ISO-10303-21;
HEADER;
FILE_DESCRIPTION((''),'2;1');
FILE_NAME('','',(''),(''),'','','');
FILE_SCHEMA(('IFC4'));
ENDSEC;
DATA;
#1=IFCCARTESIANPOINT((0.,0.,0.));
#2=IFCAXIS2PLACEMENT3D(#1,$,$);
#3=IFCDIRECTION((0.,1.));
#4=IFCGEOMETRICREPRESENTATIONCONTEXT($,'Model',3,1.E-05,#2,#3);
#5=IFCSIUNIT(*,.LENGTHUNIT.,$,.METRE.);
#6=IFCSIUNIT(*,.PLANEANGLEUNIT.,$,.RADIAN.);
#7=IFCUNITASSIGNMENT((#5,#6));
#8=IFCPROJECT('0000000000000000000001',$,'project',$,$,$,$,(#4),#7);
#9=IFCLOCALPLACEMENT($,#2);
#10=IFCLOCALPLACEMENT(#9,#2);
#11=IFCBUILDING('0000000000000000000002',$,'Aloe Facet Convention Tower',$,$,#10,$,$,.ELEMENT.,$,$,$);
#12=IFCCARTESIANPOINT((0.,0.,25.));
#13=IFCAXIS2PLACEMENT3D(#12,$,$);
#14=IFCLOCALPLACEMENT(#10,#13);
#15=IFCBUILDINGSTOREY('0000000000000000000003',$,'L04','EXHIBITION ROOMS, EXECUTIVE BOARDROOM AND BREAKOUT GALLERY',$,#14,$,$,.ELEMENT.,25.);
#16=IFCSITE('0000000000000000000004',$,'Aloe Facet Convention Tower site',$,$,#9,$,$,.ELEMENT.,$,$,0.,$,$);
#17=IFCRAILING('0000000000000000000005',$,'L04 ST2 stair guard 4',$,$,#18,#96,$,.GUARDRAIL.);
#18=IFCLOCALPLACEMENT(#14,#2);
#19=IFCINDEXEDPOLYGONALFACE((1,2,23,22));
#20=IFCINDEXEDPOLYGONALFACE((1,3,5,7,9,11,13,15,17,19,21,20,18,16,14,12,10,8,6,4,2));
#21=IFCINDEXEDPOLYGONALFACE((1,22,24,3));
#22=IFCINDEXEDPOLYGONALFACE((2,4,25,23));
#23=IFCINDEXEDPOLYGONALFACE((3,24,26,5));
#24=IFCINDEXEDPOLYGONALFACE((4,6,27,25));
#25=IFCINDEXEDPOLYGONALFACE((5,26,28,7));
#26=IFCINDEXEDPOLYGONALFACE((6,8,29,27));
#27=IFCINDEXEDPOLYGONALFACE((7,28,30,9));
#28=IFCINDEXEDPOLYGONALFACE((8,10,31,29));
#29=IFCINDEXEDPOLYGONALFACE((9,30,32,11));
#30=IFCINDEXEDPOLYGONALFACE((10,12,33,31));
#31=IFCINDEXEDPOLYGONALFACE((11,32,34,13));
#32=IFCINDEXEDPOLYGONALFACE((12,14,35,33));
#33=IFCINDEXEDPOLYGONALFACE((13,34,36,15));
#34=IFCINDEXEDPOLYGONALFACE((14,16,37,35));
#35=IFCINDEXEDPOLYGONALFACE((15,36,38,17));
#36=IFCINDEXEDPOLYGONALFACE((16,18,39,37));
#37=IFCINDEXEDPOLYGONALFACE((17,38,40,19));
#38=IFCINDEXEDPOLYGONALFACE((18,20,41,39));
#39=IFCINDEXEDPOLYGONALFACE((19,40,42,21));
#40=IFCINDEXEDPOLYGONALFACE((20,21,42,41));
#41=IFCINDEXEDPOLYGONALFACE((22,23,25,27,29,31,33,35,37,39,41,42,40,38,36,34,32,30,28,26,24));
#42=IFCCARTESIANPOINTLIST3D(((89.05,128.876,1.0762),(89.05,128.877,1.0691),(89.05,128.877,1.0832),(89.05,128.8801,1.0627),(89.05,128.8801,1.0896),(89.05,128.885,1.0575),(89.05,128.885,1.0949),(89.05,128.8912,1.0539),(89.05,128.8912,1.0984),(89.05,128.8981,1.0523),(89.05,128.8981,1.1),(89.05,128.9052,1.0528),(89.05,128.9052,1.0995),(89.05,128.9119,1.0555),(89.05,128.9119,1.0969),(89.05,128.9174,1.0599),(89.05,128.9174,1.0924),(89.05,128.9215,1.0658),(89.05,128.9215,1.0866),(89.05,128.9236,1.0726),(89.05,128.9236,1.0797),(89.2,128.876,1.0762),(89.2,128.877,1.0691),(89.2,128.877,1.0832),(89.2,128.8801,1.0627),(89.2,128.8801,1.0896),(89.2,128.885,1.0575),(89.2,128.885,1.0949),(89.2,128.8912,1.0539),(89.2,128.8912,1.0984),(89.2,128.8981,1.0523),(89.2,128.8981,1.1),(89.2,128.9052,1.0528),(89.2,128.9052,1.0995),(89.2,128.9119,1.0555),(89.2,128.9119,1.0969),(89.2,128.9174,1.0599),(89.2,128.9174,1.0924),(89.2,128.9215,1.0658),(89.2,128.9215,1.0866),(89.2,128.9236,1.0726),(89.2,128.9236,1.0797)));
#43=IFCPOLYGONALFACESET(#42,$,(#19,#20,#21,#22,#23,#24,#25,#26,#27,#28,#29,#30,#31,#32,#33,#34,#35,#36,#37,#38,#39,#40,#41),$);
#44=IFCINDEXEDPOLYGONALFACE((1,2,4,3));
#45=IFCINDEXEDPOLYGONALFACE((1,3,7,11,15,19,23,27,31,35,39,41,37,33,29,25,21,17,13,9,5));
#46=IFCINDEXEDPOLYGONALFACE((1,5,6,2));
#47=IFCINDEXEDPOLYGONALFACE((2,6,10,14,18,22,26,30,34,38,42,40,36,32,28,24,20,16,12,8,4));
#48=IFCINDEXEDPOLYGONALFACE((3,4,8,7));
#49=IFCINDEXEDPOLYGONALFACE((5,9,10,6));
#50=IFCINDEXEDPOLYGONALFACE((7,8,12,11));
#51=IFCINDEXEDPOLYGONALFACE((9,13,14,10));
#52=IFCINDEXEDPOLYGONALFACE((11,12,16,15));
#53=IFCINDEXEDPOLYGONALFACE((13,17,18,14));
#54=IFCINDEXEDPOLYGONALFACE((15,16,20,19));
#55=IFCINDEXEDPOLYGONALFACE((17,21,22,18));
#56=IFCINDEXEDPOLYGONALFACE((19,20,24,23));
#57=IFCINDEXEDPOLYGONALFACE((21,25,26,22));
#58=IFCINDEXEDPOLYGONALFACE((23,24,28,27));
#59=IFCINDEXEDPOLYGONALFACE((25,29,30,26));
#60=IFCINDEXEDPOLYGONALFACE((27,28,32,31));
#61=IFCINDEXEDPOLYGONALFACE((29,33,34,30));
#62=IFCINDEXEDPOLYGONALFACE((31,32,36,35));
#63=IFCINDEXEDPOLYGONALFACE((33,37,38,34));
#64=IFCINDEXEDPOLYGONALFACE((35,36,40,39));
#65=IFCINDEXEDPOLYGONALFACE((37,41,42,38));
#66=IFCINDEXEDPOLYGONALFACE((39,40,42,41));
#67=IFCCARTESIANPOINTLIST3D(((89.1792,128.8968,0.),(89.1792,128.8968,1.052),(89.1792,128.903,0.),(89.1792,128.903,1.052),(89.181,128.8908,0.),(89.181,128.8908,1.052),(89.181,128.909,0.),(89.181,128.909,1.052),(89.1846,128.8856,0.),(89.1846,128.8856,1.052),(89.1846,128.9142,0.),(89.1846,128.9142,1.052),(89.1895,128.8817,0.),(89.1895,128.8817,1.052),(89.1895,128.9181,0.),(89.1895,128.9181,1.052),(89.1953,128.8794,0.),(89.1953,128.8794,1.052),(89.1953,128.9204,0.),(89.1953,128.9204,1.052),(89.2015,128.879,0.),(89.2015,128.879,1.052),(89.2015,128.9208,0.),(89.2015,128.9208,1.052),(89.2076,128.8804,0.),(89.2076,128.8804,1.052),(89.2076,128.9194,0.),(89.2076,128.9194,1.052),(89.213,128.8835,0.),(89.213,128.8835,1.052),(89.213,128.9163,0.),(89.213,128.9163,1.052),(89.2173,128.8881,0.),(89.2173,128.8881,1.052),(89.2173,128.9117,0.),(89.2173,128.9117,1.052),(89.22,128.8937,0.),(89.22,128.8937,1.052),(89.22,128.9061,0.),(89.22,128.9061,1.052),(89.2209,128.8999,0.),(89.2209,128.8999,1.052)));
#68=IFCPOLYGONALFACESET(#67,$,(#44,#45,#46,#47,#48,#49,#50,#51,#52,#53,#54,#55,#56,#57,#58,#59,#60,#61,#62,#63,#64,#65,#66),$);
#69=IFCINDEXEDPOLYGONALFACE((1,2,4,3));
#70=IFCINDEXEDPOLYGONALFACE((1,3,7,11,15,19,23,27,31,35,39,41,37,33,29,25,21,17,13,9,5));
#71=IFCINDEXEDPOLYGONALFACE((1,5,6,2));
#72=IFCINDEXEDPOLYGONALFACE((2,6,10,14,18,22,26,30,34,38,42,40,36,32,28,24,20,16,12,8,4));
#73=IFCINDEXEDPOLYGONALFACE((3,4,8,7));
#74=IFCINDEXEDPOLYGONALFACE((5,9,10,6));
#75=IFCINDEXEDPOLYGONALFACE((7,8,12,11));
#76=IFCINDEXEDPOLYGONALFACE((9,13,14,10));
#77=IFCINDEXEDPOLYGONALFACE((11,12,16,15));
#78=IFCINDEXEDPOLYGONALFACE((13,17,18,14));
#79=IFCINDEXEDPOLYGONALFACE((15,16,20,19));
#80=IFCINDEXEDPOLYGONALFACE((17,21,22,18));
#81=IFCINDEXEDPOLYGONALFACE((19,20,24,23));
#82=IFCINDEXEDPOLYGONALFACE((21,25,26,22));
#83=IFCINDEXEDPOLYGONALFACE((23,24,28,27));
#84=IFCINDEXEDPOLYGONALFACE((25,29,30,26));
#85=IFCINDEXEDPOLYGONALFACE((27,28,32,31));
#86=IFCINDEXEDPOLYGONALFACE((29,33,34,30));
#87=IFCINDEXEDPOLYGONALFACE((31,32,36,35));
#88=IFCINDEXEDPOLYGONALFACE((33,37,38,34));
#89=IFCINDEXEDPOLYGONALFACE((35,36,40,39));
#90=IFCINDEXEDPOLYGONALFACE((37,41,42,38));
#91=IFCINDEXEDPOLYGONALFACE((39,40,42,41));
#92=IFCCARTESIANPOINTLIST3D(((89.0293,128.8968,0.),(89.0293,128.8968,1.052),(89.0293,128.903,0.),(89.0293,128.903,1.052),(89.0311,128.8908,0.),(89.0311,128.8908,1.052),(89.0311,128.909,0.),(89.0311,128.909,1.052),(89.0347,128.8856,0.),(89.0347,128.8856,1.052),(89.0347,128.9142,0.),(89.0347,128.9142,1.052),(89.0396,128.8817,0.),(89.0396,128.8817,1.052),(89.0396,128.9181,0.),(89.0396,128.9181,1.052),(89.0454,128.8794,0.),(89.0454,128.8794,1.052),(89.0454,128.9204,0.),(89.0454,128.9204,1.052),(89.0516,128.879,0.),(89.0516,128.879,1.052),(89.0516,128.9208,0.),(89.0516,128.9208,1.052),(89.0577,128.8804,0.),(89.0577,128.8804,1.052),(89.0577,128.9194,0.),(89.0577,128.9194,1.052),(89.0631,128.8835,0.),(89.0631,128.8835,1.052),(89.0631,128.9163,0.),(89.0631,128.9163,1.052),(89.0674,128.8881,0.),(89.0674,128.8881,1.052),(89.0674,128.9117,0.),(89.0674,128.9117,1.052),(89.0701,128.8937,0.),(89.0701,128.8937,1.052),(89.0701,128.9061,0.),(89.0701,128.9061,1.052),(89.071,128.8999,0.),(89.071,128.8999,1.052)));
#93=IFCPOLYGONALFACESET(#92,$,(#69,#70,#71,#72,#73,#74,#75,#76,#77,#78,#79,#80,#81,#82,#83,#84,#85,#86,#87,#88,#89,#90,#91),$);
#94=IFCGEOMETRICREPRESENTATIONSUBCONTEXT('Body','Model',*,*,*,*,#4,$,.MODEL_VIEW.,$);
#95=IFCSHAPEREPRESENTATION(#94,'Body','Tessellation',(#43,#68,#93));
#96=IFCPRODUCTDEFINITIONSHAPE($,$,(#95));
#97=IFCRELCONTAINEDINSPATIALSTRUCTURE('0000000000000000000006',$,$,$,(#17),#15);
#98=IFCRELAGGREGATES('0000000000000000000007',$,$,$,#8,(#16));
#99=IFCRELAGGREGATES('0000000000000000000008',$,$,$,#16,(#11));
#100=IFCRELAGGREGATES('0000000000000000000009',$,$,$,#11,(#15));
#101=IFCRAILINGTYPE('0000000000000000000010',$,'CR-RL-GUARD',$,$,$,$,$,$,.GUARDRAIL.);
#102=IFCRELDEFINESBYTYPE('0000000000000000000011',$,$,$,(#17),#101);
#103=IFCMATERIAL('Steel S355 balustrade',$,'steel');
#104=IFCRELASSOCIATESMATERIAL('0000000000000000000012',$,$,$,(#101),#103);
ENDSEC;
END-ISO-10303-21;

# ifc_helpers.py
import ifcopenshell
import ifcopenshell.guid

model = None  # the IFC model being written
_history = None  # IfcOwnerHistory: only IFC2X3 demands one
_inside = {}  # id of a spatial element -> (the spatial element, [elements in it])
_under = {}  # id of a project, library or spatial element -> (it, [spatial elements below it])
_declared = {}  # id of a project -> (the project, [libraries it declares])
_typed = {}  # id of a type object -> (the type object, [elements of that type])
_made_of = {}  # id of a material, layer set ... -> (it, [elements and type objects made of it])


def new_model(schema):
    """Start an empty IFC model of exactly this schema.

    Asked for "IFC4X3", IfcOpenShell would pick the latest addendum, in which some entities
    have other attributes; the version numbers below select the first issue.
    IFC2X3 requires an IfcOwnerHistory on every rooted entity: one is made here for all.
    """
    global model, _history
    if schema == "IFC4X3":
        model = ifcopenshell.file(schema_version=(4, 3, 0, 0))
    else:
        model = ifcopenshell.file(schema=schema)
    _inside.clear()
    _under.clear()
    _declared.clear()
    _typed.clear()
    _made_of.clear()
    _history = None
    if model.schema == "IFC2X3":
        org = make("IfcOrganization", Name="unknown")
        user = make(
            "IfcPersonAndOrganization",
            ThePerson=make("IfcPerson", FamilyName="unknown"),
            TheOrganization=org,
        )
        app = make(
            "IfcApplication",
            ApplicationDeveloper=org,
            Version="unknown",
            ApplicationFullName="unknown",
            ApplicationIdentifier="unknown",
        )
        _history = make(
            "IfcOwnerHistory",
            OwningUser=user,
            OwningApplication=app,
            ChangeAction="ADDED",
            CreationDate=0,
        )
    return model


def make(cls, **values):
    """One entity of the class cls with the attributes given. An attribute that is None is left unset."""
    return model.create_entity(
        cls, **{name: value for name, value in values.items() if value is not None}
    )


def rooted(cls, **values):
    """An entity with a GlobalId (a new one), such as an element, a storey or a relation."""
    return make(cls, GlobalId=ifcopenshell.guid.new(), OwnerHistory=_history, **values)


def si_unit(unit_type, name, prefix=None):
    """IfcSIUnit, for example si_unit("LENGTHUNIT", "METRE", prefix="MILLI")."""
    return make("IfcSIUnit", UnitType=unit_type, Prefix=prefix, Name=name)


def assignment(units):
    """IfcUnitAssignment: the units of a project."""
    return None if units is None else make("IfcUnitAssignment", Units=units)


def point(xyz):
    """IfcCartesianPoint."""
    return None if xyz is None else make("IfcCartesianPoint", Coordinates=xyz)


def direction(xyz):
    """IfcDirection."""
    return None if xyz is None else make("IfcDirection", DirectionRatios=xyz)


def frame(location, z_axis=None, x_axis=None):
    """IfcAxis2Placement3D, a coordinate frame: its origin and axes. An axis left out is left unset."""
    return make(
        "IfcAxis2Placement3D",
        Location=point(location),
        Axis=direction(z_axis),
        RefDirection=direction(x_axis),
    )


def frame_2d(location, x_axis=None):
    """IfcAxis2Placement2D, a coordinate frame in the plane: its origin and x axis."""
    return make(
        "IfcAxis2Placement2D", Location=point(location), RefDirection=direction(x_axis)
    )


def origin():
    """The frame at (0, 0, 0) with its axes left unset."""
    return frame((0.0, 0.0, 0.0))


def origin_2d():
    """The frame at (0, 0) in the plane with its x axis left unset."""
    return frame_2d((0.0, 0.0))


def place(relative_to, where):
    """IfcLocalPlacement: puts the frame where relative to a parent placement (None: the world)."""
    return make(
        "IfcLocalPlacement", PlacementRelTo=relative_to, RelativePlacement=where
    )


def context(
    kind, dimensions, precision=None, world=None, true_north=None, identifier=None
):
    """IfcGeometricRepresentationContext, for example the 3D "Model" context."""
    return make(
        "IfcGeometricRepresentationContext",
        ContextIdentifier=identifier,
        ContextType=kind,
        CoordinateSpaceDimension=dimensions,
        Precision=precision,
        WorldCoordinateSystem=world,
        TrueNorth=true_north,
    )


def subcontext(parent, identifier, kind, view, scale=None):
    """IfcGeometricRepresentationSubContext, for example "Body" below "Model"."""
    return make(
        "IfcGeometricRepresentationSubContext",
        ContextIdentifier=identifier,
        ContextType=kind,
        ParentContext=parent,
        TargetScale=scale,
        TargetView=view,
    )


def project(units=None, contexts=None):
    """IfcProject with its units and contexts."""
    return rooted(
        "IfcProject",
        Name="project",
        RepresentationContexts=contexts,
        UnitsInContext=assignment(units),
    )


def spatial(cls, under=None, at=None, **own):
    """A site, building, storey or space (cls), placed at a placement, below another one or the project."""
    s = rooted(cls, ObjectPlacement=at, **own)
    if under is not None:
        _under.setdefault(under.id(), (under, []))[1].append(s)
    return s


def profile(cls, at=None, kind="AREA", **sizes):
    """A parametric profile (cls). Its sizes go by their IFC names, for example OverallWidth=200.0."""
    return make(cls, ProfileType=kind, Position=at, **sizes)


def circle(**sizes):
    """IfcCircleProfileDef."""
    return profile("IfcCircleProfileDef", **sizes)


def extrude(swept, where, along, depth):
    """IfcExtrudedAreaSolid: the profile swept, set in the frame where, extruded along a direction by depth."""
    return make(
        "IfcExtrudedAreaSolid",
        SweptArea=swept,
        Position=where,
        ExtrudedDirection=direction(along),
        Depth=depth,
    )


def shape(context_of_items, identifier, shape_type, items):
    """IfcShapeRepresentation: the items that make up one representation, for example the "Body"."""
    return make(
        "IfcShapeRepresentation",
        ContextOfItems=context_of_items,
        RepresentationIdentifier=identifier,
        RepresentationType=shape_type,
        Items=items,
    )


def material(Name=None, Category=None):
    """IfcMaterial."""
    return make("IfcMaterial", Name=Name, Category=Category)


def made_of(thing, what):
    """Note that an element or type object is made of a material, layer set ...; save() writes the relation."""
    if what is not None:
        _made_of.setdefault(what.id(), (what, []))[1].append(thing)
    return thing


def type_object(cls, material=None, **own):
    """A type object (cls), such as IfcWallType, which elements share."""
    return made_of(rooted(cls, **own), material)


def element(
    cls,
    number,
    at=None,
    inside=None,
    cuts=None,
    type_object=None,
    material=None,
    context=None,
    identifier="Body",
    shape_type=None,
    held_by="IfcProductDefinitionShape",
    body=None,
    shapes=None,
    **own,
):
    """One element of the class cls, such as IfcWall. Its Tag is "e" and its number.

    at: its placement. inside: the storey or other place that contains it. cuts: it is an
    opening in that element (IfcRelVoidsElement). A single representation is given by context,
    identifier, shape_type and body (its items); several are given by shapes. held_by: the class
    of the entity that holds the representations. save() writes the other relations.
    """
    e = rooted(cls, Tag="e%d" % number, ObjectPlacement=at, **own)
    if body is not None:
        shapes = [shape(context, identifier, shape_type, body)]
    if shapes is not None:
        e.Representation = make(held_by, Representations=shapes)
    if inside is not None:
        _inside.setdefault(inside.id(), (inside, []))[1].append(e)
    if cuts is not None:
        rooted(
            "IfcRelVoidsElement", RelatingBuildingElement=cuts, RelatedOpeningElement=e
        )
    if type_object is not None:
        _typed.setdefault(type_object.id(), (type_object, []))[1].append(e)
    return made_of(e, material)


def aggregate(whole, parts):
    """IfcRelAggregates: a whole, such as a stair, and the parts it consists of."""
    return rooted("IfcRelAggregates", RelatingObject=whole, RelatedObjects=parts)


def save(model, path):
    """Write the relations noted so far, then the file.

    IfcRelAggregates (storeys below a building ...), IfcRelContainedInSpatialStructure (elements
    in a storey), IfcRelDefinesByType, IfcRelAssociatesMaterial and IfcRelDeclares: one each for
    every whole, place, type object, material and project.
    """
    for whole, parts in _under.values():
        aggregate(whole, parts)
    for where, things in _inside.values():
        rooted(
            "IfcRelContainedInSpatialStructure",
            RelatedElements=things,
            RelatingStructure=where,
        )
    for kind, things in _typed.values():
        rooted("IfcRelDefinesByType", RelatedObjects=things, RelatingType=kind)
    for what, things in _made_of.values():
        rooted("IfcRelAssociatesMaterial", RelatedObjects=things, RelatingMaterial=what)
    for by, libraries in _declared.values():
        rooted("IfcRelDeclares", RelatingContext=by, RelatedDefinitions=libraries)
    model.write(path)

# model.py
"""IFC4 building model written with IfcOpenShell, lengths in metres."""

from ifc_helpers import new_model, si_unit, direction, frame, origin, origin_2d, place, context, subcontext, project, spatial, circle, extrude, material, type_object, element, save


model = new_model("IFC4")

# Units and contexts
model_context = context("Model", 3, precision=1e-05, world=origin(), true_north=direction((0.0, 1.0)))
body_context = subcontext(model_context, "Body", "Model", "MODEL_VIEW")
ifc_project = project(units=[si_unit("LENGTHUNIT", "METRE"), si_unit("PLANEANGLEUNIT", "RADIAN")], contexts=[model_context])

# Site, building, storey
site_placement = place(None, origin())
site = spatial("IfcSite", under=ifc_project, at=site_placement, Name="Aloe Facet Convention Tower site", CompositionType="ELEMENT", RefElevation=0.0)
building_placement = place(site_placement, origin())
building = spatial("IfcBuilding", under=site, at=building_placement, Name="Aloe Facet Convention Tower", CompositionType="ELEMENT")
storey_placement = place(building_placement, frame((0.0, 0.0, 25.0)))
storey = spatial("IfcBuildingStorey", under=building, at=storey_placement, Name="L04", Description="EXHIBITION ROOMS, EXECUTIVE BOARDROOM AND BREAKOUT GALLERY", CompositionType="ELEMENT", Elevation=25.0)

# Railing
ifc_material_1 = material(Name="Steel S355 balustrade", Category="steel")
railing_type_1 = type_object("IfcRailingType", Name="CR-RL-GUARD", PredefinedType="GUARDRAIL", material=ifc_material_1)
railing_1_placement = place(storey_placement, frame((89.2, 128.8999, 0.0)))
element("IfcRailing", 1, at=railing_1_placement, inside=storey, type_object=railing_type_1, Name="L04 ST2 stair guard 4", PredefinedType="GUARDRAIL", context=body_context, shape_type="SweptSolid", body=[
    extrude(circle(Radius=0.0239, at=origin_2d()), frame((0.0, 0.0, 1.0762), z_axis=(-1.0, 0.0, 0.0), x_axis=(0.0, -1.0, 0.0)), (0.0, 0.0, 1.0), 0.1499),
    extrude(circle(Radius=0.021, at=origin_2d()), origin(), (0.0, 0.0, 1.0), 1.052),
    extrude(circle(Radius=0.021, at=origin_2d()), frame((-0.1499, 0.0, 0.0)), (0.0, 0.0, 1.0), 1.052),
])

save(model, "model.ifc")
